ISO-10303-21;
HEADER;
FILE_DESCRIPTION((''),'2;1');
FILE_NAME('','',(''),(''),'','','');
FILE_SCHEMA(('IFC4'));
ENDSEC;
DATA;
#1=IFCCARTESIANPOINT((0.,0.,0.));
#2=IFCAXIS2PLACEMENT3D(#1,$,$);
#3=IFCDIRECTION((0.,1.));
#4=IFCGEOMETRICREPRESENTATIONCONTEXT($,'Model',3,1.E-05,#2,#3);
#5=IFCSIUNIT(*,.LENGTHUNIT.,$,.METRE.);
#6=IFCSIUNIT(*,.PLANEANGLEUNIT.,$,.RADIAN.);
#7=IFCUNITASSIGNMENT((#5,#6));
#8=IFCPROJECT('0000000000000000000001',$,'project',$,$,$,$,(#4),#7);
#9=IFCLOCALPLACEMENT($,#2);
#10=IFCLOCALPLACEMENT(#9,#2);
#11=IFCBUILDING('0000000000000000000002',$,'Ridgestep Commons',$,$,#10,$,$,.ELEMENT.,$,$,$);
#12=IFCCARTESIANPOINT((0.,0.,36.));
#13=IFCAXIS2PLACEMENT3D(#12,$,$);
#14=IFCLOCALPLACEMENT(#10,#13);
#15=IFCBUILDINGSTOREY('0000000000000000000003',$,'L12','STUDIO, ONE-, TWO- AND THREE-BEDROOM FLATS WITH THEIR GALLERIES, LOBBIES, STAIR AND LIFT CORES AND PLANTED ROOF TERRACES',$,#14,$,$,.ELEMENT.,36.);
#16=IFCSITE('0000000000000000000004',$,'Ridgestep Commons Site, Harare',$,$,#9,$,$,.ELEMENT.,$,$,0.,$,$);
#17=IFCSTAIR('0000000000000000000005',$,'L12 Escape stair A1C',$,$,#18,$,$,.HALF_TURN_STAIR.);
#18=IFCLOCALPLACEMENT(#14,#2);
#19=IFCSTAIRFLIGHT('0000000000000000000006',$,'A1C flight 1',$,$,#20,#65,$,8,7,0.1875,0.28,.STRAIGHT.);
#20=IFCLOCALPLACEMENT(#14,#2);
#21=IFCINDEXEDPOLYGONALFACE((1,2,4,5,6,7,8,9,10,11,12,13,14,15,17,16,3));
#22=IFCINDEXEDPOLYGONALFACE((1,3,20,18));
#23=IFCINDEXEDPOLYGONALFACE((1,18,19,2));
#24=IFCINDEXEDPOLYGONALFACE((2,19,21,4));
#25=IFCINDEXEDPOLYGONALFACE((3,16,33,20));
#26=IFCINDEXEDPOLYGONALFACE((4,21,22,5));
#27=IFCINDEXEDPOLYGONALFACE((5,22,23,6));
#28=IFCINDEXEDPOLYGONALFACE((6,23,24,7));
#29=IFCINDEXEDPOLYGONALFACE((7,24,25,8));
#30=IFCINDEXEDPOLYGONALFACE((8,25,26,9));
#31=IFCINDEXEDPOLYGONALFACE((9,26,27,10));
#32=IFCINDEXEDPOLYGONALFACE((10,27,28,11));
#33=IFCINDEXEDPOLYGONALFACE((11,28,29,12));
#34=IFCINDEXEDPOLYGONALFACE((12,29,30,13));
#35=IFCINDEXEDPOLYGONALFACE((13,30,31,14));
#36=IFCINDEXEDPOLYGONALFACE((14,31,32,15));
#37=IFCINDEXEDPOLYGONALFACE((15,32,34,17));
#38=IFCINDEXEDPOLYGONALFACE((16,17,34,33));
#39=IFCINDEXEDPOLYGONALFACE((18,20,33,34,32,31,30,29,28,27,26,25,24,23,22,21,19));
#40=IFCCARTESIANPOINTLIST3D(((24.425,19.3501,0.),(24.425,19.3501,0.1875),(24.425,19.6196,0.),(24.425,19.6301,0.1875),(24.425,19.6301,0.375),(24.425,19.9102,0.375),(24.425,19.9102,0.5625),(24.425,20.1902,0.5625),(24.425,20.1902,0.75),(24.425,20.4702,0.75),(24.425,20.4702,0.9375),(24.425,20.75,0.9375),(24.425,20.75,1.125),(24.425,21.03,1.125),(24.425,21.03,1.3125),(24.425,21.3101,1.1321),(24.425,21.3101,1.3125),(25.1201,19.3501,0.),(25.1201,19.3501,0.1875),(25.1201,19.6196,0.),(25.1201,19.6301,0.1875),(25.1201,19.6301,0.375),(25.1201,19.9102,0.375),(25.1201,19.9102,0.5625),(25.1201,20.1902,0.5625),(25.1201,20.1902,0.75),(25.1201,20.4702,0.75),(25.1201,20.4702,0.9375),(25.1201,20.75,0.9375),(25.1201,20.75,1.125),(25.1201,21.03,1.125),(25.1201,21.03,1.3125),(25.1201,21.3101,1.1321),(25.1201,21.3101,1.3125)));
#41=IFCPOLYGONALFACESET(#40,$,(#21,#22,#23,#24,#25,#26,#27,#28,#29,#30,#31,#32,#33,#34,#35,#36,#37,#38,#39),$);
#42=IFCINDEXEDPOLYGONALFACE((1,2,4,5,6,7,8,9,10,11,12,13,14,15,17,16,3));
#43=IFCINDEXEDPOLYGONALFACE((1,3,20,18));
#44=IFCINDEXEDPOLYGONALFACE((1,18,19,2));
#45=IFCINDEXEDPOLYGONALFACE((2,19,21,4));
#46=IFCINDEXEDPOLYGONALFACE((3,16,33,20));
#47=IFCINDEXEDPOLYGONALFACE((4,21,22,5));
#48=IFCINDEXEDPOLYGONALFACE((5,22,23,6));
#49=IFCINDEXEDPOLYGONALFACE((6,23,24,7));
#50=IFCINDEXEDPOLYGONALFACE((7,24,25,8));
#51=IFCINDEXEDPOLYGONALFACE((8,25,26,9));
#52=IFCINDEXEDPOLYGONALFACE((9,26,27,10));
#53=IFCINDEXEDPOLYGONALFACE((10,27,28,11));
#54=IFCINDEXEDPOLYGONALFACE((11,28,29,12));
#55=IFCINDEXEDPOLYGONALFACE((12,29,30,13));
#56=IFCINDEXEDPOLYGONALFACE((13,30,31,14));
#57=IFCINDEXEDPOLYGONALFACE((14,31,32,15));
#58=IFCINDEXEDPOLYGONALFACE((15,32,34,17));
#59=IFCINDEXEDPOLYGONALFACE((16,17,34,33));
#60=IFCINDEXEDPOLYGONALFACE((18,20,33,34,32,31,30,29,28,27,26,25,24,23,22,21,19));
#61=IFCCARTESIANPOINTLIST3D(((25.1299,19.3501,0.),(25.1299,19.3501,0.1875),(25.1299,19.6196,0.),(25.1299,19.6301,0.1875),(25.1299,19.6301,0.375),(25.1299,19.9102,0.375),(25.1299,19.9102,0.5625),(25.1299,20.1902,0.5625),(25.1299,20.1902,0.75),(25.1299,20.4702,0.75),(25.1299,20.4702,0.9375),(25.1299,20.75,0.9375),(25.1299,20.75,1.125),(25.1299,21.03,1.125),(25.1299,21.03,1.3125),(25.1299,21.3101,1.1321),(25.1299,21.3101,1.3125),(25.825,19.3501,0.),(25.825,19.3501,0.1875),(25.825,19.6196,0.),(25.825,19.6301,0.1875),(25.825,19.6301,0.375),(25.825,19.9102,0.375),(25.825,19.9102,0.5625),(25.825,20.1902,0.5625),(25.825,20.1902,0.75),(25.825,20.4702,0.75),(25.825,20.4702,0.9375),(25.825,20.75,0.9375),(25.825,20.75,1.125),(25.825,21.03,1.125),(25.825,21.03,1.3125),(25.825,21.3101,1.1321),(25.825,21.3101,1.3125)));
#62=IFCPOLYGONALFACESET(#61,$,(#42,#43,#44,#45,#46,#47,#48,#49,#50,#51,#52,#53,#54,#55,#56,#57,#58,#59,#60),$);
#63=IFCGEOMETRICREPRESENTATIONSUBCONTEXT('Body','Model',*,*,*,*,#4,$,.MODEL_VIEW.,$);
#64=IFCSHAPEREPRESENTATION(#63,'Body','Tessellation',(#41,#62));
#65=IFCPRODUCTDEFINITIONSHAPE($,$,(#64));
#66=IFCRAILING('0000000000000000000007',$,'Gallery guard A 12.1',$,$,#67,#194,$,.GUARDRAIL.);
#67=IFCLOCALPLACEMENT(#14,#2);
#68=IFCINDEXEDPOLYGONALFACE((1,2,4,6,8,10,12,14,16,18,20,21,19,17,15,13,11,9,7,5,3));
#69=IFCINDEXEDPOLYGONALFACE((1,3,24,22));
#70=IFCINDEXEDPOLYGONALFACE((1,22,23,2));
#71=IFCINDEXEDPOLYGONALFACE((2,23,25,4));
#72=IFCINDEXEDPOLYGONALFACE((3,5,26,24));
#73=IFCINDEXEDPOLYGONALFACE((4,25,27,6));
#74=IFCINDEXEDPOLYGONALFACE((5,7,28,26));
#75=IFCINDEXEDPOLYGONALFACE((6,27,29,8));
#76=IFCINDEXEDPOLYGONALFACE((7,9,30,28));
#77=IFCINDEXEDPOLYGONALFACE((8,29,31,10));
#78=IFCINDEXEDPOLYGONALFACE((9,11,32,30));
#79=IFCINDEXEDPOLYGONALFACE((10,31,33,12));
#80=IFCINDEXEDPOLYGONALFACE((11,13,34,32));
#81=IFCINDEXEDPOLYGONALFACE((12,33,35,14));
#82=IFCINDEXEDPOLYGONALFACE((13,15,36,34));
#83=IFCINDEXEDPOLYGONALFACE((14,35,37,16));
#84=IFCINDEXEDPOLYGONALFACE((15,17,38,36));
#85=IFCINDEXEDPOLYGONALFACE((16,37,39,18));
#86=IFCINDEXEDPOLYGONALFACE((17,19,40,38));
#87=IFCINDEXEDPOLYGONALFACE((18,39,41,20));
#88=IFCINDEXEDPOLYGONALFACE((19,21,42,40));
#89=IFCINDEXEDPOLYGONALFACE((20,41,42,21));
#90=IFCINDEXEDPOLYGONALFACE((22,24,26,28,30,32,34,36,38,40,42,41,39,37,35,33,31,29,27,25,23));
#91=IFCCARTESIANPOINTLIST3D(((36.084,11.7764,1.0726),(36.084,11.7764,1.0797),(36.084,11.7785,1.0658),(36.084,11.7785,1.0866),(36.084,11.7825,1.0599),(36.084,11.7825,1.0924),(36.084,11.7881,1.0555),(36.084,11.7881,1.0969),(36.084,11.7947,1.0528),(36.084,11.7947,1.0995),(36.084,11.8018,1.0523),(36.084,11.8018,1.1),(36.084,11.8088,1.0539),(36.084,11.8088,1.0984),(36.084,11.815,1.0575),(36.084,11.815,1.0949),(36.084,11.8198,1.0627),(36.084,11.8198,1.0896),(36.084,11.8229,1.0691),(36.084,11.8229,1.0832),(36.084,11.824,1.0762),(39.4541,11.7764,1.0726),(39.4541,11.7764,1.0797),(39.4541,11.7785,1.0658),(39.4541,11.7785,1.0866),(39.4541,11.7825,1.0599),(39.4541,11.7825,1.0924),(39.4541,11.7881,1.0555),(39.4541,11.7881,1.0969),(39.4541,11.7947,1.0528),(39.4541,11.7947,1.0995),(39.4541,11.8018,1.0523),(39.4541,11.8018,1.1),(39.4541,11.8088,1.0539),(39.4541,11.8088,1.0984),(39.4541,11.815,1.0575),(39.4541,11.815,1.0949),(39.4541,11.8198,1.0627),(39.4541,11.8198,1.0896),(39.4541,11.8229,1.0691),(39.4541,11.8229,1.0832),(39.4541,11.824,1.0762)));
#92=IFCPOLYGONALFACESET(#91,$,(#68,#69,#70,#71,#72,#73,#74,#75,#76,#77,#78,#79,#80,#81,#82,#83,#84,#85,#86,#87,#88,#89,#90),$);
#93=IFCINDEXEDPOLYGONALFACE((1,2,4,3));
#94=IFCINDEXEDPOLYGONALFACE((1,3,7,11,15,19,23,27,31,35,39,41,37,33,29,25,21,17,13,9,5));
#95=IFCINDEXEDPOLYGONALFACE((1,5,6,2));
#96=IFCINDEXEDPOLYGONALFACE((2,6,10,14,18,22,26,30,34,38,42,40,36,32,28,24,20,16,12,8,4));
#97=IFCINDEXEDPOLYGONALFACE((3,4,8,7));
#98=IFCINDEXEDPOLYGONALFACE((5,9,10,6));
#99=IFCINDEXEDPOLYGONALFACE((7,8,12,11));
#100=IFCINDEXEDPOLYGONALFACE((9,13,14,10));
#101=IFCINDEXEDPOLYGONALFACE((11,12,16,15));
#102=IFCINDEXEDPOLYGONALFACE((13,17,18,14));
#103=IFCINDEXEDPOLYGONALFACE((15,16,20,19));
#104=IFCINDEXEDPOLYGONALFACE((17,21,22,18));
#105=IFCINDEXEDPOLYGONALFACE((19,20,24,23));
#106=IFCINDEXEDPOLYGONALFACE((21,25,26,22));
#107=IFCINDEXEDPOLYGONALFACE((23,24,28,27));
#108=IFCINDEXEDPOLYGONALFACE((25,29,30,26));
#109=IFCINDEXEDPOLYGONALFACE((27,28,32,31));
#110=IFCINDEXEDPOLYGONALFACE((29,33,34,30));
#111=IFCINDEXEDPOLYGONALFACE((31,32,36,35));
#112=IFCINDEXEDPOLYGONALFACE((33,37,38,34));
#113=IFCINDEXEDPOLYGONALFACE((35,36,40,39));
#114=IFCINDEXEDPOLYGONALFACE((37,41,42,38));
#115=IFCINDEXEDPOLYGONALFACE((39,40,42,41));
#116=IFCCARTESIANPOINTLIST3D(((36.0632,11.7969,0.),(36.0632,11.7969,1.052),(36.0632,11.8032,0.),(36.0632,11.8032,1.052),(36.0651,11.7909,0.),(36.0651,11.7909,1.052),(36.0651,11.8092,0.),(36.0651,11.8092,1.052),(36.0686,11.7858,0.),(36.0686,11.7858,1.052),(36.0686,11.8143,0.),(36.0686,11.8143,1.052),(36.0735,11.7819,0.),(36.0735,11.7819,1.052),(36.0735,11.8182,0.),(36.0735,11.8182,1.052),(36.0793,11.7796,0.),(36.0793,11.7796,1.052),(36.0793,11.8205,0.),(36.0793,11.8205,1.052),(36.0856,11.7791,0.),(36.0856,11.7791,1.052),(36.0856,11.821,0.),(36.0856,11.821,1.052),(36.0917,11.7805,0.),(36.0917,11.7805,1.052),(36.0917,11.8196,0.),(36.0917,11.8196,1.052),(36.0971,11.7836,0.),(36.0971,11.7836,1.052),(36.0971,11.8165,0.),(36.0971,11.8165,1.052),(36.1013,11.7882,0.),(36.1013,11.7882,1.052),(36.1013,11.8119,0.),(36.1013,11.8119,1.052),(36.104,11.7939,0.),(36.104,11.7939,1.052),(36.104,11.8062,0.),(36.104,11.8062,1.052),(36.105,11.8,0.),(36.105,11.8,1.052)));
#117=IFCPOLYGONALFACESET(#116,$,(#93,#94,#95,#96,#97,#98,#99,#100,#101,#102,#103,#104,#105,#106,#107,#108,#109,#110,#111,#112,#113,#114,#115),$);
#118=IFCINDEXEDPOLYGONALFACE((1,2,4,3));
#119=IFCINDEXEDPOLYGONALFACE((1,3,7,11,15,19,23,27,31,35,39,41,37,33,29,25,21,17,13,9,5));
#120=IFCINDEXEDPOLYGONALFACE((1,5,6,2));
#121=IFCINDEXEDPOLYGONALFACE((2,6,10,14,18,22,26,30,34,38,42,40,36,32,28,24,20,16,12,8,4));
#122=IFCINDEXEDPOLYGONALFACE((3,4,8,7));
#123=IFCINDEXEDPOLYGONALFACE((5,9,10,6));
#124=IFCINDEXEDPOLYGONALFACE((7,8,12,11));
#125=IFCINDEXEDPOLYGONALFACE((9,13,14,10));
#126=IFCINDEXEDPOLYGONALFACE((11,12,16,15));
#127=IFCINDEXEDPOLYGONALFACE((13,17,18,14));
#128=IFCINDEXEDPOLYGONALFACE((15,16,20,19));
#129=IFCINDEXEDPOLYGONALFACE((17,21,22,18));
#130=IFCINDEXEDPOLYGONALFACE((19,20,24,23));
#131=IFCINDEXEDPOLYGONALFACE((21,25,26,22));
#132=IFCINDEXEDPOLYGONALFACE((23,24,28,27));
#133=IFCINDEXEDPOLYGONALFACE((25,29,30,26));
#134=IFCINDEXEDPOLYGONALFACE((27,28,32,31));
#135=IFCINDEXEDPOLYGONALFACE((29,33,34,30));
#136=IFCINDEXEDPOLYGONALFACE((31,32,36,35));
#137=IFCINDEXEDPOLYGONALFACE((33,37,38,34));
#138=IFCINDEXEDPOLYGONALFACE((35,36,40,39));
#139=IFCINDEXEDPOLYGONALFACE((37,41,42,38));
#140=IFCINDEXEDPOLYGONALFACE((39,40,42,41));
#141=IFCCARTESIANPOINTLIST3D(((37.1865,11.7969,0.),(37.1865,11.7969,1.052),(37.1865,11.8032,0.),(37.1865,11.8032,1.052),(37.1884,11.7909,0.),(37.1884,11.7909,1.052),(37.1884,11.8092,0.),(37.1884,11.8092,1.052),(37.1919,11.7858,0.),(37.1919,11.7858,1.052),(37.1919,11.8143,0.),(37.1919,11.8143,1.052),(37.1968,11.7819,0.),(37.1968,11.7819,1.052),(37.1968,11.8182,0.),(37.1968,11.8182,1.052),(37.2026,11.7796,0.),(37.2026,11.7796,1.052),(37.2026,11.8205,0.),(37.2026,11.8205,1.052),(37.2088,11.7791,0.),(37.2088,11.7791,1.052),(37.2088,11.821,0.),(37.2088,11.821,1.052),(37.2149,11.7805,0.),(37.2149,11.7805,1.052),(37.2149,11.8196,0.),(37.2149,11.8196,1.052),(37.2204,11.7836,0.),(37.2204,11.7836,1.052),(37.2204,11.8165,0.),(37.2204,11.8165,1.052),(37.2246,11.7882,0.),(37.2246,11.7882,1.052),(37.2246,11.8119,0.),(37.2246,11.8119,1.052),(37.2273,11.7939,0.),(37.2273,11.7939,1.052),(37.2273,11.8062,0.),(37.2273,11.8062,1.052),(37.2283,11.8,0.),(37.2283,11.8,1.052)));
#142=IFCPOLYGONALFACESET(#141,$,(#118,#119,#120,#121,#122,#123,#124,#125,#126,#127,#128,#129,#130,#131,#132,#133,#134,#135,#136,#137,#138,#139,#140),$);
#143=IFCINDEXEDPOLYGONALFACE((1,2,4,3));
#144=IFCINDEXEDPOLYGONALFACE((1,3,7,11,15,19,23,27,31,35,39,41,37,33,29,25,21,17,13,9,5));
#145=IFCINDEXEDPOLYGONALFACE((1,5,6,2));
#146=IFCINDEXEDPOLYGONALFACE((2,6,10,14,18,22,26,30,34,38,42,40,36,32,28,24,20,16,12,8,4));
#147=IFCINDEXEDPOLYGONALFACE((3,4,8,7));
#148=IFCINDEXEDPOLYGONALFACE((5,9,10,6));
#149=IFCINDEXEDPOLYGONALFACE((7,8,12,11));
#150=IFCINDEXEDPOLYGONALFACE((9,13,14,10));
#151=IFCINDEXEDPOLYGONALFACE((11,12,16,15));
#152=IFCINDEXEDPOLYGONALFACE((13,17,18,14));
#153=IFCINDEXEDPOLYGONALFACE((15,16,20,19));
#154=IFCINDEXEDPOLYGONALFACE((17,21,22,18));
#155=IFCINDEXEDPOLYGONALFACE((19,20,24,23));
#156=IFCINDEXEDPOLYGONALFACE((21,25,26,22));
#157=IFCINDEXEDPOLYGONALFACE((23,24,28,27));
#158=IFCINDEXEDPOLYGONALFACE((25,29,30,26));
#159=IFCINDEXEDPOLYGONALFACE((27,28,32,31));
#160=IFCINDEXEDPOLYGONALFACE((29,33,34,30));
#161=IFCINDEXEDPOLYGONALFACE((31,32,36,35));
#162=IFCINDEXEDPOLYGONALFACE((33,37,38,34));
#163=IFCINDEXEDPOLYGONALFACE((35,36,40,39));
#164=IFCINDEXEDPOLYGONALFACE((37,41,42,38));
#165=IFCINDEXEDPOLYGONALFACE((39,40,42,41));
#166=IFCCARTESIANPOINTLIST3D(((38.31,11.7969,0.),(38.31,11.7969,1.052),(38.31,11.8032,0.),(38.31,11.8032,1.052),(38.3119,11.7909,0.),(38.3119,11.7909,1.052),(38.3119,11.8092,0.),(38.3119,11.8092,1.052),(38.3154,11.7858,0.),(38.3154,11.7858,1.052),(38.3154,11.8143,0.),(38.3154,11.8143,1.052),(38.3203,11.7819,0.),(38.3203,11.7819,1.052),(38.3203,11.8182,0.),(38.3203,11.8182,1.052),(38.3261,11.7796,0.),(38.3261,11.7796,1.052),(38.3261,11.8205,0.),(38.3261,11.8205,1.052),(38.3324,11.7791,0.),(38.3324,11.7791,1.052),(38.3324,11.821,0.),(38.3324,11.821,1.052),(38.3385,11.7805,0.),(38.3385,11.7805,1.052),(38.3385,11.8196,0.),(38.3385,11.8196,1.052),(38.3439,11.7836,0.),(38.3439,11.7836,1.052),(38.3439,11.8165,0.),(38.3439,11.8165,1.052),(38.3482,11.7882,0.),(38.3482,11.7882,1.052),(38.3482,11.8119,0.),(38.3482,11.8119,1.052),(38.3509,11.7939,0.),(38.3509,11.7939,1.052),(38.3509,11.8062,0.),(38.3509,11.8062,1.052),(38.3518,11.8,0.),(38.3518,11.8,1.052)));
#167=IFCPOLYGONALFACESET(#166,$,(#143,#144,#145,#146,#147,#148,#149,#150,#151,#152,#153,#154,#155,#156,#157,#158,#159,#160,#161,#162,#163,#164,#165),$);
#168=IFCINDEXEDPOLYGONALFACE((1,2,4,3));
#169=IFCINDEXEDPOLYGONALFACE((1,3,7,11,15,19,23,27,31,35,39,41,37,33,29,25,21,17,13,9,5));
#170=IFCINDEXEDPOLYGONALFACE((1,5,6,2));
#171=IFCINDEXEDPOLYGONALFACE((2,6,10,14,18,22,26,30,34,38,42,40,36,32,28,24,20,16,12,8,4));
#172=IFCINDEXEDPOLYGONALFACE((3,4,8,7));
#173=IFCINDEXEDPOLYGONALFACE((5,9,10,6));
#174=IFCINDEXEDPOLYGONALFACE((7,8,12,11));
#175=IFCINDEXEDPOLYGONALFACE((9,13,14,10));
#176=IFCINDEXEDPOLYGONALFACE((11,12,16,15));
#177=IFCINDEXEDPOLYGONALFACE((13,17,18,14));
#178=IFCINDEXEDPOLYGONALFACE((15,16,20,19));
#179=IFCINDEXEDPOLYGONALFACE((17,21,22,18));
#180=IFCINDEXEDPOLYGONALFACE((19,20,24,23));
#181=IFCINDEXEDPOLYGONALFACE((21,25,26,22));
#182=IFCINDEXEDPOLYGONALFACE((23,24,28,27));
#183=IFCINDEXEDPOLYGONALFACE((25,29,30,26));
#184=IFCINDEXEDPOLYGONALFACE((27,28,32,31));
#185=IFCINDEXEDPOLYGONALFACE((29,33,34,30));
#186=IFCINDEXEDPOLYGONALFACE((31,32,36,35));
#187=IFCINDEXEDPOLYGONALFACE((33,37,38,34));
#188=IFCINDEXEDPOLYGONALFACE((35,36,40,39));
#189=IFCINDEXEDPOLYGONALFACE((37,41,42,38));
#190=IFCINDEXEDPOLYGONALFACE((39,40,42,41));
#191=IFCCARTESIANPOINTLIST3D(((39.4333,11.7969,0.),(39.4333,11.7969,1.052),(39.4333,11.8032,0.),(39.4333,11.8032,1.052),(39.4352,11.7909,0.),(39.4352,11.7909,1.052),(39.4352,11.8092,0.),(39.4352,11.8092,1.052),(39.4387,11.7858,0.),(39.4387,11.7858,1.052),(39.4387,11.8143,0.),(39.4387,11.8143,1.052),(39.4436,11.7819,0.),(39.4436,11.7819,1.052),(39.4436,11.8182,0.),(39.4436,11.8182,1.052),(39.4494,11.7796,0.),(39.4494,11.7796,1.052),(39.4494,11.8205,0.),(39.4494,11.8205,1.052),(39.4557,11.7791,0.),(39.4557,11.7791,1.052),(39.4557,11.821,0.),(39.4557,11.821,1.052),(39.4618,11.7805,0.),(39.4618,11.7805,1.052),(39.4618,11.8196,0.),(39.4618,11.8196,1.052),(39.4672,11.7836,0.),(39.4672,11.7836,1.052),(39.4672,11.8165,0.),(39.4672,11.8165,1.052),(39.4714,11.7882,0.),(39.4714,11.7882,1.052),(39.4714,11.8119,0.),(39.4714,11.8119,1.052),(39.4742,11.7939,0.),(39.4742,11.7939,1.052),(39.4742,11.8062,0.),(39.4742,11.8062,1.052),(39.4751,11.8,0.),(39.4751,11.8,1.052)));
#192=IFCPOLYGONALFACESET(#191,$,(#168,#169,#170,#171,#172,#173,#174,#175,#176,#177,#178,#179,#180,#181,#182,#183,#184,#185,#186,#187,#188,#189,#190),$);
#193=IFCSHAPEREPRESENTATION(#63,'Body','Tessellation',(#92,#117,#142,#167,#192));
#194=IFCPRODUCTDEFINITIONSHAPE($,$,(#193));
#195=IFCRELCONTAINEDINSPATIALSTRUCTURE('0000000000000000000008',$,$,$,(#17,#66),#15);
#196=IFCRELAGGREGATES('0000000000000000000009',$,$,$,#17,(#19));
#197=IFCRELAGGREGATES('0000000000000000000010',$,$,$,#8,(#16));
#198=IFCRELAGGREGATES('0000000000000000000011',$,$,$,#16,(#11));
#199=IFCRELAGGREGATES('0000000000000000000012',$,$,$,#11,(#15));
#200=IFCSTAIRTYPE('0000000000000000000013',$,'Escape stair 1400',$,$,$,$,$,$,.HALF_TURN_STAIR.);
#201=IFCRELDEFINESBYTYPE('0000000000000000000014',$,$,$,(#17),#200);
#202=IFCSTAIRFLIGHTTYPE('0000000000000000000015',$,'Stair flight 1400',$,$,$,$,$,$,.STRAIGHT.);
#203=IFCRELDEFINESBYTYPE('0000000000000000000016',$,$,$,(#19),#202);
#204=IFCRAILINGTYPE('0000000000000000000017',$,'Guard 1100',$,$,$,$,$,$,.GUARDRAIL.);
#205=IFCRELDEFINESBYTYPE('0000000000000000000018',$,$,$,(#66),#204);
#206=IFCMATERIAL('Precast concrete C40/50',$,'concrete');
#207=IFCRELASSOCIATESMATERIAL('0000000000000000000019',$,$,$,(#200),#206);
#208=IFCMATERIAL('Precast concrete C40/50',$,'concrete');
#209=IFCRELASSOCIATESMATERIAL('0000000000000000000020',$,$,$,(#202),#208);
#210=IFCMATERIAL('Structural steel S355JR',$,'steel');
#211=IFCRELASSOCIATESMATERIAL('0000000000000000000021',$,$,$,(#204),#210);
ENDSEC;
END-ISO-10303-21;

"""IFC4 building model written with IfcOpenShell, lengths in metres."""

from ifc_helpers import new_model, si_unit, direction, frame, origin, origin_2d, place, context, subcontext, project, spatial, polyline, circle, outline, extrude, material, type_object, element, aggregate, save


model = new_model("IFC4")

# Units and contexts
model_context = context("Model", 3, precision=1e-05, world=origin(), true_north=direction((0.0, 1.0)))
body_context = subcontext(model_context, "Body", "Model", "MODEL_VIEW")
ifc_project = project(units=[si_unit("LENGTHUNIT", "METRE"), si_unit("PLANEANGLEUNIT", "RADIAN")], contexts=[model_context])

# Site, building, storey
site_placement = place(None, origin())
site = spatial("IfcSite", under=ifc_project, at=site_placement, Name="Ridgestep Commons Site, Harare", CompositionType="ELEMENT", RefElevation=0.0)
building_placement = place(site_placement, origin())
building = spatial("IfcBuilding", under=site, at=building_placement, Name="Ridgestep Commons", CompositionType="ELEMENT")
storey_placement = place(building_placement, frame((0.0, 0.0, 36.0)))
storey = spatial("IfcBuildingStorey", under=building, at=storey_placement, Name="L12", Description="STUDIO, ONE-, TWO- AND THREE-BEDROOM FLATS WITH THEIR GALLERIES, LOBBIES, STAIR AND LIFT CORES AND PLANTED ROOF TERRACES", CompositionType="ELEMENT", Elevation=36.0)

# Stair, stair flight
ifc_material_1 = material(Name="Precast concrete C40/50", Category="concrete")
stair_type = type_object("IfcStairType", Name="Escape stair 1400", PredefinedType="HALF_TURN_STAIR", material=ifc_material_1)
stair_placement = place(storey_placement, origin())
stair = element("IfcStair", 1, at=stair_placement, inside=storey, type_object=stair_type, Name="L12 Escape stair A1C", PredefinedType="HALF_TURN_STAIR")
ifc_material_2 = material(Name="Precast concrete C40/50", Category="concrete")
stair_flight_type = type_object("IfcStairFlightType", Name="Stair flight 1400", PredefinedType="STRAIGHT", material=ifc_material_2)
stair_flight_placement = place(storey_placement, frame((25.125, 19.3501, 0.0), z_axis=(0.0, 0.0, 1.0), x_axis=(0.0, 1.0, 0.0)))
stair_flight = element("IfcStairFlight", 2, at=stair_flight_placement, type_object=stair_flight_type, Name="A1C flight 1", NumberOfRisers=8, NumberOfTreads=7, PredefinedType="STRAIGHT", RiserHeight=0.1875, TreadLength=0.28, context=body_context, shape_type="SweptSolid", body=[
    extrude(outline(polyline([(0.0, 0.0), (0.0, 0.1875), (0.28, 0.1875), (0.28, 0.375), (0.5601, 0.375), (0.5601, 0.5625), (0.8401, 0.5625), (0.8401, 0.75), (1.1201, 0.75), (1.1201, 0.9375), (1.3999, 0.9375), (1.3999, 1.125), (1.6799, 1.125), (1.6799, 1.3125), (1.96, 1.3125), (1.96, 1.5), (1.96, 1.1321), (0.2695, 0.0), (0.0, 0.0)])), frame((0.0, 0.7, 0.0), z_axis=(0.0, -1.0, 0.0), x_axis=(1.0, 0.0, 0.0)), (0.0, 0.0, 1.0), 0.6951),
    extrude(outline(polyline([(0.0, 0.0), (0.0, 0.1875), (0.28, 0.1875), (0.28, 0.375), (0.5601, 0.375), (0.5601, 0.5625), (0.8401, 0.5625), (0.8401, 0.75), (1.1201, 0.75), (1.1201, 0.9375), (1.3999, 0.9375), (1.3999, 1.125), (1.6799, 1.125), (1.6799, 1.3125), (1.96, 1.3125), (1.96, 1.5), (1.96, 1.1321), (0.2695, 0.0), (0.0, 0.0)])), frame((0.0, -0.0049, 0.0), z_axis=(0.0, -1.0, 0.0), x_axis=(1.0, 0.0, 0.0)), (0.0, 0.0, 1.0), 0.6951),
])
aggregate(stair, [stair_flight])

# Railing
ifc_material_3 = material(Name="Structural steel S355JR", Category="steel")
railing_type_1 = type_object("IfcRailingType", Name="Guard 1100", PredefinedType="GUARDRAIL", material=ifc_material_3)
railing_1_placement = place(storey_placement, frame((36.084, 11.8, 0.0)))
element("IfcRailing", 3, at=railing_1_placement, inside=storey, type_object=railing_type_1, Name="Gallery guard A 12.1", PredefinedType="GUARDRAIL", context=body_context, shape_type="SweptSolid", body=[
    extrude(circle(Radius=0.0239, at=origin_2d()), frame((0.0, 0.0, 1.0762), z_axis=(1.0, 0.0, 0.0), x_axis=(0.0, 1.0, 0.0)), (0.0, 0.0, 1.0), 3.3701),
    extrude(circle(Radius=0.021, at=origin_2d()), origin(), (0.0, 0.0, 1.0), 1.052),
    extrude(circle(Radius=0.021, at=origin_2d()), frame((1.1233, 0.0, 0.0)), (0.0, 0.0, 1.0), 1.052),
    extrude(circle(Radius=0.021, at=origin_2d()), frame((2.2468, 0.0, 0.0)), (0.0, 0.0, 1.0), 1.052),
    extrude(circle(Radius=0.021, at=origin_2d()), frame((3.3701, 0.0, 0.0)), (0.0, 0.0, 1.0), 1.052),
])

save(model, "model.ifc")
